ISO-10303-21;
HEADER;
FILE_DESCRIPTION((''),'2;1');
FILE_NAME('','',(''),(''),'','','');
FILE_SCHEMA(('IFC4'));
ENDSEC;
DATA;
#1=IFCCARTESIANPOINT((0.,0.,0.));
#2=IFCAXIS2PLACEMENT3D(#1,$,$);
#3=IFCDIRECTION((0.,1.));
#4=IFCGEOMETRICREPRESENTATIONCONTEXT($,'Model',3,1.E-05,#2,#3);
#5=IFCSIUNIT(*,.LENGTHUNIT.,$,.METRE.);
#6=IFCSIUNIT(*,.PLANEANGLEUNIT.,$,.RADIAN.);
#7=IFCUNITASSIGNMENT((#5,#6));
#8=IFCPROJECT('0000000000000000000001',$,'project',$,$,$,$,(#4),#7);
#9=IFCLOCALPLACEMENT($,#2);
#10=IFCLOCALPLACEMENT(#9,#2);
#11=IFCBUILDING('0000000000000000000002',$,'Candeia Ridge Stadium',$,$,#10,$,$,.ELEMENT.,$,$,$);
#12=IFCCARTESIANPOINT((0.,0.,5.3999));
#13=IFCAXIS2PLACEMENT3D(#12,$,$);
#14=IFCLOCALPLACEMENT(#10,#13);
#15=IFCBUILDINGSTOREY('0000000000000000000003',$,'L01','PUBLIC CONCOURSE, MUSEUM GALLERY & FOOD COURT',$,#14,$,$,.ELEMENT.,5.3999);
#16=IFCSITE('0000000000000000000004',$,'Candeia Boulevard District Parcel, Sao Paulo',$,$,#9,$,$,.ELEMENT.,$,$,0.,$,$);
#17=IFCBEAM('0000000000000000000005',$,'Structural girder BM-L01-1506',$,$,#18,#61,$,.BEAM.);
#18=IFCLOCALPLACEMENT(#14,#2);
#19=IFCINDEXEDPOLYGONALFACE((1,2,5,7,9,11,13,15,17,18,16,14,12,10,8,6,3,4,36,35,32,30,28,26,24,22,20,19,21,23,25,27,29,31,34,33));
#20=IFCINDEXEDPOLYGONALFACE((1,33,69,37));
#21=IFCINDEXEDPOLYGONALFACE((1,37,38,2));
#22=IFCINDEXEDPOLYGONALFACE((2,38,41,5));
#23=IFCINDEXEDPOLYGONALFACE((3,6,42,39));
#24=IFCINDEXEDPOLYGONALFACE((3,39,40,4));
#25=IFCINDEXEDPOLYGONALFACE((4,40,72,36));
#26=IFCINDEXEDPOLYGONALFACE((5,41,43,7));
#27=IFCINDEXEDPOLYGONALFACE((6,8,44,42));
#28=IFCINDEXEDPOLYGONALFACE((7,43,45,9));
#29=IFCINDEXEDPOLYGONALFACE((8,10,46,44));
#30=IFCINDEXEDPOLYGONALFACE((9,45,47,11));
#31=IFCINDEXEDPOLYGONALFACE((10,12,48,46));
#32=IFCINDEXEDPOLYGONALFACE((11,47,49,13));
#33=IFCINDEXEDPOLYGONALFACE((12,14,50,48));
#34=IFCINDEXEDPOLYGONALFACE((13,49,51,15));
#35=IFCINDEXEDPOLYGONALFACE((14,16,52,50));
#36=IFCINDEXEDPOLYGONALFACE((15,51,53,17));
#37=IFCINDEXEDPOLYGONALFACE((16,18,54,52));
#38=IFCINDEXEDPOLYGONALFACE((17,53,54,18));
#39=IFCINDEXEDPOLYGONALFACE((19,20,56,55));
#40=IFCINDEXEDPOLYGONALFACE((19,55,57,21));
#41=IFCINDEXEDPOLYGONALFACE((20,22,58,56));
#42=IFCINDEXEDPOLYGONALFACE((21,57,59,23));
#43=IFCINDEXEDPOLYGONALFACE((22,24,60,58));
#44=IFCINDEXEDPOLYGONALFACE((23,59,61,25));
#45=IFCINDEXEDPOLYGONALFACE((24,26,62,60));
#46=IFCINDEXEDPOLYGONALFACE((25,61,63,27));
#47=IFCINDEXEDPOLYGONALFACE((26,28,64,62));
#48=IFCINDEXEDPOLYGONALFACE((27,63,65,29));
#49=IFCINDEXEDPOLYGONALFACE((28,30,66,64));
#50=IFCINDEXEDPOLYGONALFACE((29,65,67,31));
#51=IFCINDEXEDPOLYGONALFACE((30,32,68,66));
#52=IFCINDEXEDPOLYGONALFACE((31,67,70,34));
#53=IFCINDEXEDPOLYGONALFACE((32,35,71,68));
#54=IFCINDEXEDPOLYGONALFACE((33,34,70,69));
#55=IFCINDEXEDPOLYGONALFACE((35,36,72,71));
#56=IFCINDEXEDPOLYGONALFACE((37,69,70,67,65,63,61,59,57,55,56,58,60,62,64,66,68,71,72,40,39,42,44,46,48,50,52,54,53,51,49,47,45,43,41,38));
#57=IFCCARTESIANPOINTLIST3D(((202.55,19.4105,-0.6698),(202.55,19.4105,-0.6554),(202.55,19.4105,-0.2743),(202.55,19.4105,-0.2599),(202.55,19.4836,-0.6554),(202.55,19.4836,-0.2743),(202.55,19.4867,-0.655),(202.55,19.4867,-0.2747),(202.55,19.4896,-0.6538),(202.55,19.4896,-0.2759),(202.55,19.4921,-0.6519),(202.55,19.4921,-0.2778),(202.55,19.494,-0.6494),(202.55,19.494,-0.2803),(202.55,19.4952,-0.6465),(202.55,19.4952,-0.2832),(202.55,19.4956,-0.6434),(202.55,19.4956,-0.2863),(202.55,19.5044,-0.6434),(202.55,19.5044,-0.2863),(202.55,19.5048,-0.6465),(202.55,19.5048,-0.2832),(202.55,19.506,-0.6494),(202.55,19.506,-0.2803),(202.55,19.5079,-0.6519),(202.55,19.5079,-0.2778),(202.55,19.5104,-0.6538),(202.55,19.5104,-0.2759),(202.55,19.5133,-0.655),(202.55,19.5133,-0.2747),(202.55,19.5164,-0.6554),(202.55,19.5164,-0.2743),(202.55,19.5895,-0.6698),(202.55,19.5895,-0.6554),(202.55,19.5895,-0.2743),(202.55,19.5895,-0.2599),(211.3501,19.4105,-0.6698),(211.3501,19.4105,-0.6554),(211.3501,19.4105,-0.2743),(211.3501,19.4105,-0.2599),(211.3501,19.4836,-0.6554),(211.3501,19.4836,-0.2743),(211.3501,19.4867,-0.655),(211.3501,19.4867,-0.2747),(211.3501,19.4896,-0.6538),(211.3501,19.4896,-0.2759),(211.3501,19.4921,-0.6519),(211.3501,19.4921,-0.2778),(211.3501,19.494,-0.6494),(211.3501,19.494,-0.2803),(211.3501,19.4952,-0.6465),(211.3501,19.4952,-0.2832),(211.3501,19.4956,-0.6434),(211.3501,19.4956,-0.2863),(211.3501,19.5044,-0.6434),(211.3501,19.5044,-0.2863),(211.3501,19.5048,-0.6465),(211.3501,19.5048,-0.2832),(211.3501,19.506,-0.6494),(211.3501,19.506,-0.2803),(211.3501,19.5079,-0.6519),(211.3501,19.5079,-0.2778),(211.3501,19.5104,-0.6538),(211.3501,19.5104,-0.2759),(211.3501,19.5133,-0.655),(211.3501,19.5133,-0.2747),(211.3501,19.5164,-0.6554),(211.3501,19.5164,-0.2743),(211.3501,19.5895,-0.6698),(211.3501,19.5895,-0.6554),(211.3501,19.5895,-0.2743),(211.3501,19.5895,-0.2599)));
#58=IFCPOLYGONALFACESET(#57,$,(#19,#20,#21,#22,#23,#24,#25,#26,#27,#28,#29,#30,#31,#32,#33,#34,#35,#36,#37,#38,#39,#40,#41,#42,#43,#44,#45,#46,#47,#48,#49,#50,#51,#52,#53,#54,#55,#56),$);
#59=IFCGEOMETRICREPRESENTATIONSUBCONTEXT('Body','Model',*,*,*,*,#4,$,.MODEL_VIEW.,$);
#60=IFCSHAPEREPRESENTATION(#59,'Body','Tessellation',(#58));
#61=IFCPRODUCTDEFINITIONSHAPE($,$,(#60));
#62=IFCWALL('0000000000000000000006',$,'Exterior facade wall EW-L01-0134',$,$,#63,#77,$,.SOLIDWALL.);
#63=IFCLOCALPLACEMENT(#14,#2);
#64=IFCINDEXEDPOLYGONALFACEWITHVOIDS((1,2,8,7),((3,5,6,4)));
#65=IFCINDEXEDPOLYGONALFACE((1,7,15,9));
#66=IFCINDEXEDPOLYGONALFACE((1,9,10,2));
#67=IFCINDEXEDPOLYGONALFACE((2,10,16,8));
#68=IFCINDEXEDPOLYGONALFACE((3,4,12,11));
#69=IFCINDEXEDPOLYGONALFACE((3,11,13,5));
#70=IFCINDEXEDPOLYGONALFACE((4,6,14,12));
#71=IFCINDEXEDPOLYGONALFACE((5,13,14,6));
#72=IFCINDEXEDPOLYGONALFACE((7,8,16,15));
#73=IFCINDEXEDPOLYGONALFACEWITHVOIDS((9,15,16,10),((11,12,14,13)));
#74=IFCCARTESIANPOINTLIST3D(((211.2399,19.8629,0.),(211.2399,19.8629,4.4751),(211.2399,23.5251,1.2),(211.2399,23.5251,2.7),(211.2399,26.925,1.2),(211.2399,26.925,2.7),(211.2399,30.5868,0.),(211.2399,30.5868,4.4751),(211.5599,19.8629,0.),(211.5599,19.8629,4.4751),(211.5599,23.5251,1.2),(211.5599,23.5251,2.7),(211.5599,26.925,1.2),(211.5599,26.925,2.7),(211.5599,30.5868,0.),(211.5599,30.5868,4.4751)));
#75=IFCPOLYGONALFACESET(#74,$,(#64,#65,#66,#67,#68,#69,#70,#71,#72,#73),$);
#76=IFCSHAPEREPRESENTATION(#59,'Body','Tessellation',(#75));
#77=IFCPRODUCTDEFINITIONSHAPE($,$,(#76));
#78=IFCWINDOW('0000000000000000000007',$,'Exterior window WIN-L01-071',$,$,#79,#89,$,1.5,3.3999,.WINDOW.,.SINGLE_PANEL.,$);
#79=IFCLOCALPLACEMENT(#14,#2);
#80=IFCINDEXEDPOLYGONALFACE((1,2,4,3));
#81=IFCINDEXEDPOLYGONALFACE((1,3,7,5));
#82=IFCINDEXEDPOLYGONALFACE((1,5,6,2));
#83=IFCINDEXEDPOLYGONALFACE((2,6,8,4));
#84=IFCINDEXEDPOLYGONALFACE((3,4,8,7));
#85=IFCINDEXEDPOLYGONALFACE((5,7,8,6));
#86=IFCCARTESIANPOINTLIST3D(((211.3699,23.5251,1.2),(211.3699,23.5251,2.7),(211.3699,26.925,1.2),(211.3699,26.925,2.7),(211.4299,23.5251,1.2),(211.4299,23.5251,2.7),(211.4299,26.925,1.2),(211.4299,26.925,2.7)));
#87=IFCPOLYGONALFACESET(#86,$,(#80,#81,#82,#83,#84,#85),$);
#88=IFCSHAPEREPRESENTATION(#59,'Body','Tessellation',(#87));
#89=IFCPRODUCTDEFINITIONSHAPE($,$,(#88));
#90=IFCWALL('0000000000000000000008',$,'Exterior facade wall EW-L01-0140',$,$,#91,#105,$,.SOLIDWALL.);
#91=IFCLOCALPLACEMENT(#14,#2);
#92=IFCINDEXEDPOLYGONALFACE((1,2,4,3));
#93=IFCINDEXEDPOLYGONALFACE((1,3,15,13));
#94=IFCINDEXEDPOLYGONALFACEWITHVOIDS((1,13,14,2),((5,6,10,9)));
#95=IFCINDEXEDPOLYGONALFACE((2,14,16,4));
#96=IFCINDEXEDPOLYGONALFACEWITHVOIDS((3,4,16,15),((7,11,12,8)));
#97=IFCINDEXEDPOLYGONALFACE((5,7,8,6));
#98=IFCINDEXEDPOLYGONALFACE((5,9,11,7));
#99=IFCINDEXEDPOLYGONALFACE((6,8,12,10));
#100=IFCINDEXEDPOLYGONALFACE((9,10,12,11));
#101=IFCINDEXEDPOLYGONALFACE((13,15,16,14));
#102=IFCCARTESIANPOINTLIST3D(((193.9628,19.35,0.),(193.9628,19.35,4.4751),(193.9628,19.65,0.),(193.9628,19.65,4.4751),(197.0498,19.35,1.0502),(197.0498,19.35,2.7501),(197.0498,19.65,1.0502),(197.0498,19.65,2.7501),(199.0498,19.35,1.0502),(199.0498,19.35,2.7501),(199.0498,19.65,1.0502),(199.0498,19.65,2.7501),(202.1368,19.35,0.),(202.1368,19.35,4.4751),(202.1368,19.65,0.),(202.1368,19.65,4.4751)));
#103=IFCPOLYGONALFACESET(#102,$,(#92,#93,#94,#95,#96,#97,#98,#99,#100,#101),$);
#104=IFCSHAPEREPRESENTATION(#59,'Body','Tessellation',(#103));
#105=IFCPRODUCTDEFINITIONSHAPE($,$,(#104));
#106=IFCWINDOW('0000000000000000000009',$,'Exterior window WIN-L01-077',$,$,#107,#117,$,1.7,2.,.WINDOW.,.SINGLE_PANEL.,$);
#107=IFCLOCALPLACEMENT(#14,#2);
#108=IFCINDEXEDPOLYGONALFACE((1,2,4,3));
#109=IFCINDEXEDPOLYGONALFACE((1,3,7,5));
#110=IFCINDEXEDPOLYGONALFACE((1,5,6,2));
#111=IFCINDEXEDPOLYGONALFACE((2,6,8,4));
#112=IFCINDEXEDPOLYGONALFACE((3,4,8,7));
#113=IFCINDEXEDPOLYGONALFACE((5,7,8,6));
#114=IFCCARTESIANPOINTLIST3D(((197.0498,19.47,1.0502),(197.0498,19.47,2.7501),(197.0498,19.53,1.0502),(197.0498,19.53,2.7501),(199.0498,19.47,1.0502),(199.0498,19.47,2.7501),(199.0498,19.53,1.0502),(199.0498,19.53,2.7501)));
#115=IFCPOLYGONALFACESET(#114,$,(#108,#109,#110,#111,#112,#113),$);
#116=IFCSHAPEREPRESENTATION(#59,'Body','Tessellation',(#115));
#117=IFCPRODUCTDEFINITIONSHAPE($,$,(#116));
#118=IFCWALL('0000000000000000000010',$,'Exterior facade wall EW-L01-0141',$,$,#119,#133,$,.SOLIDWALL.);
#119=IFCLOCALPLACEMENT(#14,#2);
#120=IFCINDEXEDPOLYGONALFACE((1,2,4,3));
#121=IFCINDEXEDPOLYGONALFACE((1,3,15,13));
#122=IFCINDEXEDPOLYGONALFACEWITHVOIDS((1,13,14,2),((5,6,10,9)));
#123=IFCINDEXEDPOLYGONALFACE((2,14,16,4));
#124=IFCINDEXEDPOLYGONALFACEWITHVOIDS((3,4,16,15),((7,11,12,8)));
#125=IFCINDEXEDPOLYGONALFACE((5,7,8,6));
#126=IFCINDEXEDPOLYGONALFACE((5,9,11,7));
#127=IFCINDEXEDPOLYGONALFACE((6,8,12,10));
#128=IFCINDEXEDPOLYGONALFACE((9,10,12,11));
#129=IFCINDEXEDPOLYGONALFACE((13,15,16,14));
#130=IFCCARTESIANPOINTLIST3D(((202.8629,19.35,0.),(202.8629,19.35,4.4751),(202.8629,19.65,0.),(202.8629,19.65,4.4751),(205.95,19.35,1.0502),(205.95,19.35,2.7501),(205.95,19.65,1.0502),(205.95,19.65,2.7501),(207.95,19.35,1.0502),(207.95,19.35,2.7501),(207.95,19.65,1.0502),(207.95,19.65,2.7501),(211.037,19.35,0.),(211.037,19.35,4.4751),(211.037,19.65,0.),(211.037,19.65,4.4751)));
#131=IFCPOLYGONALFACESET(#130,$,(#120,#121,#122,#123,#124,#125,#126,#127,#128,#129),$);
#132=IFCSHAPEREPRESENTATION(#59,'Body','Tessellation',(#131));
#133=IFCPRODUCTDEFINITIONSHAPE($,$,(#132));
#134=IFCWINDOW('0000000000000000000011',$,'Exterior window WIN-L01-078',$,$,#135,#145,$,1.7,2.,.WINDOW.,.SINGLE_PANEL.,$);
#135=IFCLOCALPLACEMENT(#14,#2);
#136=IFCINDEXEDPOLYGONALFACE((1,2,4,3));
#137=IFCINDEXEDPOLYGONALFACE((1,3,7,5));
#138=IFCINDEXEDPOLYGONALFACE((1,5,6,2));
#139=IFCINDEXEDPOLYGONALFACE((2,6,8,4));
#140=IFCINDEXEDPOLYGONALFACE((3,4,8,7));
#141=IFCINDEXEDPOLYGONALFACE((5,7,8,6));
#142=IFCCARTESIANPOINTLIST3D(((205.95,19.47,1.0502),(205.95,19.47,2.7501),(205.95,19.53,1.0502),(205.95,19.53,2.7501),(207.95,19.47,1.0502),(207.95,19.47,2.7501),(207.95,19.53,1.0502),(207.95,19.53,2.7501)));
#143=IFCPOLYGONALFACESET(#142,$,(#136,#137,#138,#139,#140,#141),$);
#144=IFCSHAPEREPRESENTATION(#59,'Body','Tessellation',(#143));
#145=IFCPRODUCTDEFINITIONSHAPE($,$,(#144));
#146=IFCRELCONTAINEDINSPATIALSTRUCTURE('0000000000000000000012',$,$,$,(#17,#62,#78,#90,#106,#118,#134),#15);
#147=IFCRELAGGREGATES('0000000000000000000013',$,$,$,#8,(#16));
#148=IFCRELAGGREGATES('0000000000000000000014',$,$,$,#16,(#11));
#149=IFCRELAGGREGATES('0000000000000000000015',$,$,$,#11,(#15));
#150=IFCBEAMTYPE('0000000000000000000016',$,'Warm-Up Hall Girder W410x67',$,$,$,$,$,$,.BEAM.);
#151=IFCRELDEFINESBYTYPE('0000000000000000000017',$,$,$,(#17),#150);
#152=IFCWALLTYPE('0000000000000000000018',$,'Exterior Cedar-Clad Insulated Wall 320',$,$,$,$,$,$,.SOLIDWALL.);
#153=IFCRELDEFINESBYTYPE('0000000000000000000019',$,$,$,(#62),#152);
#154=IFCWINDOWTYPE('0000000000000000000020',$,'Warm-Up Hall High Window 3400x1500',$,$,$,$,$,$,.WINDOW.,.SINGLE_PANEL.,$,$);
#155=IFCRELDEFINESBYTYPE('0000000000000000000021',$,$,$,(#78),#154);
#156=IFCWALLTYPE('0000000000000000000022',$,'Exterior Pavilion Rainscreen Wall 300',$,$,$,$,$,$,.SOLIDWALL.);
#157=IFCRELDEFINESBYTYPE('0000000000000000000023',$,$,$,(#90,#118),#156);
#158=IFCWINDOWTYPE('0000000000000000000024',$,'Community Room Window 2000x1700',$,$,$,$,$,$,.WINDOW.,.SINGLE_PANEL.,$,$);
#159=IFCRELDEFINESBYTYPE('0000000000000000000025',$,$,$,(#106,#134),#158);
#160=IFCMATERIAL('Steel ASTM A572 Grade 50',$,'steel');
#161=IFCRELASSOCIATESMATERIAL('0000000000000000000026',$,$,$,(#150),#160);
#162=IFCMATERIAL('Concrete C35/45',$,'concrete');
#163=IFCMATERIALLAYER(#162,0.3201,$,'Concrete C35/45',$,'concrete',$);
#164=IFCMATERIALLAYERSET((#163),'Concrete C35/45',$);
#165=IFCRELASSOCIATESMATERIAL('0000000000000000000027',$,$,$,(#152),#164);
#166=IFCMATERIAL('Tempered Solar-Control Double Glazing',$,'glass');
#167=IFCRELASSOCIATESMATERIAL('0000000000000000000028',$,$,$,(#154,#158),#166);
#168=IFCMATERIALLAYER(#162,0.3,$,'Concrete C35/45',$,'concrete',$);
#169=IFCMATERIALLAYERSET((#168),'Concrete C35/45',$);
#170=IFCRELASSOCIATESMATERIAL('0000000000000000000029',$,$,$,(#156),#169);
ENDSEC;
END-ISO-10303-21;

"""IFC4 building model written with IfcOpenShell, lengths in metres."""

from ifc_helpers import new_model, si_unit, direction, frame, frame_2d, origin, origin_2d, place, context, subcontext, project, spatial, rectangle, i_section, extrude, material, layer, layer_set, material_profile, profile_set, type_object, element, fill, save


model = new_model("IFC4")

# Units and contexts
model_context = context("Model", 3, precision=1e-05, world=origin(), true_north=direction((0.0, 1.0)))
body_context = subcontext(model_context, "Body", "Model", "MODEL_VIEW")
ifc_project = project(units=[si_unit("LENGTHUNIT", "METRE"), si_unit("PLANEANGLEUNIT", "RADIAN")], contexts=[model_context])

# Site, building, storey
site_placement = place(None, origin())
site = spatial("IfcSite", under=ifc_project, at=site_placement, Name="Candeia Boulevard District Parcel, Sao Paulo", CompositionType="ELEMENT", RefElevation=0.0)
building_placement = place(site_placement, origin())
building = spatial("IfcBuilding", under=site, at=building_placement, Name="Candeia Ridge Stadium", CompositionType="ELEMENT")
storey_placement = place(building_placement, frame((0.0, 0.0, 5.3999)))
storey = spatial("IfcBuildingStorey", under=building, at=storey_placement, Name="L01", Description="PUBLIC CONCOURSE, MUSEUM GALLERY & FOOD COURT", CompositionType="ELEMENT", Elevation=5.3999)

# Beam
ifc_material_1 = material(Name="Steel ASTM A572 Grade 50", Category="steel")
ifc_material_profile_1 = material_profile(ifc_material_1, i_section(OverallWidth=0.179, OverallDepth=0.4099, WebThickness=0.0088, FlangeThickness=0.0144, FilletRadius=0.012, at=origin_2d()), Name="W410x67", Category="steel")
ifc_profile_set_1 = profile_set([ifc_material_profile_1], Name="Steel ASTM A572 Grade 50")
beam_type_1 = type_object("IfcBeamType", Name="Warm-Up Hall Girder W410x67", PredefinedType="BEAM", material=ifc_profile_set_1)
for number, where, z_axis, x_axis, name in (
    (1, (202.55, 19.5, -0.4648), (1.0, 0.0, 0.0), (0.0, 1.0, 0.0), "Structural girder BM-L01-1506"),
):
    element("IfcBeam", number, at=place(storey_placement, frame(where, z_axis=z_axis, x_axis=x_axis)), inside=storey, type_object=beam_type_1, Name=name, PredefinedType="BEAM", context=body_context, shape_type="SweptSolid", body=[
        extrude(i_section(OverallWidth=0.179, OverallDepth=0.4099, WebThickness=0.0088, FlangeThickness=0.0144, FilletRadius=0.012, at=origin_2d()), origin(), (0.0, 0.0, 1.0), 8.8),
    ])

# Walls, openings, windows
ifc_material_2 = material(Name="Concrete C35/45", Category="concrete")
ifc_layer_1 = layer(ifc_material_2, 0.3201, Name="Concrete C35/45", Category="concrete")
ifc_layer_set_1 = layer_set([ifc_layer_1], Name="Concrete C35/45")
wall_type_1 = type_object("IfcWallType", Name="Exterior Cedar-Clad Insulated Wall 320", PredefinedType="SOLIDWALL", material=ifc_layer_set_1)
wall_1_placement = place(storey_placement, frame((211.3999, 19.863, 0.0), z_axis=(0.0, 0.0, 1.0), x_axis=(0.0, 1.0, 0.0)))
wall_1 = element("IfcWall", 2, at=wall_1_placement, inside=storey, type_object=wall_type_1, Name="Exterior facade wall EW-L01-0134", PredefinedType="SOLIDWALL", context=body_context, shape_type="SweptSolid", body=[
    extrude(rectangle(XDim=10.7239, YDim=0.3201, at=frame_2d((5.3618, 0.0))), origin(), (0.0, 0.0, 1.0), 4.4751),
])
opening_1_placement = place(wall_1_placement, frame((3.6621, 0.0, 1.2)))
opening_1 = element("IfcOpeningElement", 3, at=opening_1_placement, cuts=wall_1, PredefinedType="OPENING", context=body_context, shape_type="SweptSolid", body=[
    extrude(rectangle(XDim=3.3999, YDim=1.5, at=frame_2d((1.7, 0.75))), frame((0.0, 0.1699, 0.0), z_axis=(0.0, -1.0, 0.0), x_axis=(1.0, 0.0, 0.0)), (0.0, 0.0, 1.0), 0.3401),
])
ifc_material_3 = material(Name="Tempered Solar-Control Double Glazing", Category="glass")
window_type_1 = type_object("IfcWindowType", Name="Warm-Up Hall High Window 3400x1500", PartitioningType="SINGLE_PANEL", PredefinedType="WINDOW", material=ifc_material_3)
window_1_placement = place(opening_1_placement, origin())
window_1 = element("IfcWindow", 4, at=window_1_placement, inside=storey, type_object=window_type_1, Name="Exterior window WIN-L01-071", OverallHeight=1.5, OverallWidth=3.3999, PartitioningType="SINGLE_PANEL", PredefinedType="WINDOW", context=body_context, shape_type="SweptSolid", body=[
    extrude(rectangle(XDim=3.3999, YDim=1.5, at=frame_2d((1.7, 0.75))), frame((0.0, 0.03, 0.0), z_axis=(0.0, -1.0, 0.0), x_axis=(1.0, 0.0, 0.0)), (0.0, 0.0, 1.0), 0.0601),
])
fill(opening_1, window_1)
ifc_layer_2 = layer(ifc_material_2, 0.3, Name="Concrete C35/45", Category="concrete")
ifc_layer_set_2 = layer_set([ifc_layer_2], Name="Concrete C35/45")
wall_type_2 = type_object("IfcWallType", Name="Exterior Pavilion Rainscreen Wall 300", PredefinedType="SOLIDWALL", material=ifc_layer_set_2)
wall_2_placement = place(storey_placement, frame((193.9629, 19.5, 0.0), z_axis=(0.0, 0.0, 1.0), x_axis=(1.0, 0.0, 0.0)))
wall_2 = element("IfcWall", 5, at=wall_2_placement, inside=storey, type_object=wall_type_2, Name="Exterior facade wall EW-L01-0140", PredefinedType="SOLIDWALL", context=body_context, shape_type="SweptSolid", body=[
    extrude(rectangle(XDim=8.1741, YDim=0.3, at=frame_2d((4.0869, 0.0))), origin(), (0.0, 0.0, 1.0), 4.4751),
])
opening_2_placement = place(wall_2_placement, frame((3.0869, 0.0, 1.05)))
opening_2 = element("IfcOpeningElement", 6, at=opening_2_placement, cuts=wall_2, PredefinedType="OPENING", context=body_context, shape_type="SweptSolid", body=[
    extrude(rectangle(XDim=2.0, YDim=1.7, at=frame_2d((1.0, 0.8501))), frame((0.0, 0.1599, 0.0), z_axis=(0.0, -1.0, 0.0), x_axis=(1.0, 0.0, 0.0)), (0.0, 0.0, 1.0), 0.3201),
])
window_type_2 = type_object("IfcWindowType", Name="Community Room Window 2000x1700", PartitioningType="SINGLE_PANEL", PredefinedType="WINDOW", material=ifc_material_3)
window_2_placement = place(opening_2_placement, origin())
window_2 = element("IfcWindow", 7, at=window_2_placement, inside=storey, type_object=window_type_2, Name="Exterior window WIN-L01-077", OverallHeight=1.7, OverallWidth=2.0, PartitioningType="SINGLE_PANEL", PredefinedType="WINDOW", context=body_context, shape_type="SweptSolid", body=[
    extrude(rectangle(XDim=2.0, YDim=1.7, at=frame_2d((1.0, 0.8501))), frame((0.0, 0.03, 0.0), z_axis=(0.0, -1.0, 0.0), x_axis=(1.0, 0.0, 0.0)), (0.0, 0.0, 1.0), 0.0601),
])
fill(opening_2, window_2)
wall_3_placement = place(storey_placement, frame((202.863, 19.5, 0.0), z_axis=(0.0, 0.0, 1.0), x_axis=(1.0, 0.0, 0.0)))
wall_3 = element("IfcWall", 8, at=wall_3_placement, inside=storey, type_object=wall_type_2, Name="Exterior facade wall EW-L01-0141", PredefinedType="SOLIDWALL", context=body_context, shape_type="SweptSolid", body=[
    extrude(rectangle(XDim=8.1741, YDim=0.3, at=frame_2d((4.0869, 0.0))), origin(), (0.0, 0.0, 1.0), 4.4751),
])
opening_3_placement = place(wall_3_placement, frame((3.0869, 0.0, 1.05)))
opening_3 = element("IfcOpeningElement", 9, at=opening_3_placement, cuts=wall_3, PredefinedType="OPENING", context=body_context, shape_type="SweptSolid", body=[
    extrude(rectangle(XDim=2.0, YDim=1.7, at=frame_2d((1.0, 0.8501))), frame((0.0, 0.1599, 0.0), z_axis=(0.0, -1.0, 0.0), x_axis=(1.0, 0.0, 0.0)), (0.0, 0.0, 1.0), 0.3201),
])
window_3_placement = place(opening_3_placement, origin())
window_3 = element("IfcWindow", 10, at=window_3_placement, inside=storey, type_object=window_type_2, Name="Exterior window WIN-L01-078", OverallHeight=1.7, OverallWidth=2.0, PartitioningType="SINGLE_PANEL", PredefinedType="WINDOW", context=body_context, shape_type="SweptSolid", body=[
    extrude(rectangle(XDim=2.0, YDim=1.7, at=frame_2d((1.0, 0.8501))), frame((0.0, 0.03, 0.0), z_axis=(0.0, -1.0, 0.0), x_axis=(1.0, 0.0, 0.0)), (0.0, 0.0, 1.0), 0.0601),
])
fill(opening_3, window_3)

save(model, "model.ifc")
